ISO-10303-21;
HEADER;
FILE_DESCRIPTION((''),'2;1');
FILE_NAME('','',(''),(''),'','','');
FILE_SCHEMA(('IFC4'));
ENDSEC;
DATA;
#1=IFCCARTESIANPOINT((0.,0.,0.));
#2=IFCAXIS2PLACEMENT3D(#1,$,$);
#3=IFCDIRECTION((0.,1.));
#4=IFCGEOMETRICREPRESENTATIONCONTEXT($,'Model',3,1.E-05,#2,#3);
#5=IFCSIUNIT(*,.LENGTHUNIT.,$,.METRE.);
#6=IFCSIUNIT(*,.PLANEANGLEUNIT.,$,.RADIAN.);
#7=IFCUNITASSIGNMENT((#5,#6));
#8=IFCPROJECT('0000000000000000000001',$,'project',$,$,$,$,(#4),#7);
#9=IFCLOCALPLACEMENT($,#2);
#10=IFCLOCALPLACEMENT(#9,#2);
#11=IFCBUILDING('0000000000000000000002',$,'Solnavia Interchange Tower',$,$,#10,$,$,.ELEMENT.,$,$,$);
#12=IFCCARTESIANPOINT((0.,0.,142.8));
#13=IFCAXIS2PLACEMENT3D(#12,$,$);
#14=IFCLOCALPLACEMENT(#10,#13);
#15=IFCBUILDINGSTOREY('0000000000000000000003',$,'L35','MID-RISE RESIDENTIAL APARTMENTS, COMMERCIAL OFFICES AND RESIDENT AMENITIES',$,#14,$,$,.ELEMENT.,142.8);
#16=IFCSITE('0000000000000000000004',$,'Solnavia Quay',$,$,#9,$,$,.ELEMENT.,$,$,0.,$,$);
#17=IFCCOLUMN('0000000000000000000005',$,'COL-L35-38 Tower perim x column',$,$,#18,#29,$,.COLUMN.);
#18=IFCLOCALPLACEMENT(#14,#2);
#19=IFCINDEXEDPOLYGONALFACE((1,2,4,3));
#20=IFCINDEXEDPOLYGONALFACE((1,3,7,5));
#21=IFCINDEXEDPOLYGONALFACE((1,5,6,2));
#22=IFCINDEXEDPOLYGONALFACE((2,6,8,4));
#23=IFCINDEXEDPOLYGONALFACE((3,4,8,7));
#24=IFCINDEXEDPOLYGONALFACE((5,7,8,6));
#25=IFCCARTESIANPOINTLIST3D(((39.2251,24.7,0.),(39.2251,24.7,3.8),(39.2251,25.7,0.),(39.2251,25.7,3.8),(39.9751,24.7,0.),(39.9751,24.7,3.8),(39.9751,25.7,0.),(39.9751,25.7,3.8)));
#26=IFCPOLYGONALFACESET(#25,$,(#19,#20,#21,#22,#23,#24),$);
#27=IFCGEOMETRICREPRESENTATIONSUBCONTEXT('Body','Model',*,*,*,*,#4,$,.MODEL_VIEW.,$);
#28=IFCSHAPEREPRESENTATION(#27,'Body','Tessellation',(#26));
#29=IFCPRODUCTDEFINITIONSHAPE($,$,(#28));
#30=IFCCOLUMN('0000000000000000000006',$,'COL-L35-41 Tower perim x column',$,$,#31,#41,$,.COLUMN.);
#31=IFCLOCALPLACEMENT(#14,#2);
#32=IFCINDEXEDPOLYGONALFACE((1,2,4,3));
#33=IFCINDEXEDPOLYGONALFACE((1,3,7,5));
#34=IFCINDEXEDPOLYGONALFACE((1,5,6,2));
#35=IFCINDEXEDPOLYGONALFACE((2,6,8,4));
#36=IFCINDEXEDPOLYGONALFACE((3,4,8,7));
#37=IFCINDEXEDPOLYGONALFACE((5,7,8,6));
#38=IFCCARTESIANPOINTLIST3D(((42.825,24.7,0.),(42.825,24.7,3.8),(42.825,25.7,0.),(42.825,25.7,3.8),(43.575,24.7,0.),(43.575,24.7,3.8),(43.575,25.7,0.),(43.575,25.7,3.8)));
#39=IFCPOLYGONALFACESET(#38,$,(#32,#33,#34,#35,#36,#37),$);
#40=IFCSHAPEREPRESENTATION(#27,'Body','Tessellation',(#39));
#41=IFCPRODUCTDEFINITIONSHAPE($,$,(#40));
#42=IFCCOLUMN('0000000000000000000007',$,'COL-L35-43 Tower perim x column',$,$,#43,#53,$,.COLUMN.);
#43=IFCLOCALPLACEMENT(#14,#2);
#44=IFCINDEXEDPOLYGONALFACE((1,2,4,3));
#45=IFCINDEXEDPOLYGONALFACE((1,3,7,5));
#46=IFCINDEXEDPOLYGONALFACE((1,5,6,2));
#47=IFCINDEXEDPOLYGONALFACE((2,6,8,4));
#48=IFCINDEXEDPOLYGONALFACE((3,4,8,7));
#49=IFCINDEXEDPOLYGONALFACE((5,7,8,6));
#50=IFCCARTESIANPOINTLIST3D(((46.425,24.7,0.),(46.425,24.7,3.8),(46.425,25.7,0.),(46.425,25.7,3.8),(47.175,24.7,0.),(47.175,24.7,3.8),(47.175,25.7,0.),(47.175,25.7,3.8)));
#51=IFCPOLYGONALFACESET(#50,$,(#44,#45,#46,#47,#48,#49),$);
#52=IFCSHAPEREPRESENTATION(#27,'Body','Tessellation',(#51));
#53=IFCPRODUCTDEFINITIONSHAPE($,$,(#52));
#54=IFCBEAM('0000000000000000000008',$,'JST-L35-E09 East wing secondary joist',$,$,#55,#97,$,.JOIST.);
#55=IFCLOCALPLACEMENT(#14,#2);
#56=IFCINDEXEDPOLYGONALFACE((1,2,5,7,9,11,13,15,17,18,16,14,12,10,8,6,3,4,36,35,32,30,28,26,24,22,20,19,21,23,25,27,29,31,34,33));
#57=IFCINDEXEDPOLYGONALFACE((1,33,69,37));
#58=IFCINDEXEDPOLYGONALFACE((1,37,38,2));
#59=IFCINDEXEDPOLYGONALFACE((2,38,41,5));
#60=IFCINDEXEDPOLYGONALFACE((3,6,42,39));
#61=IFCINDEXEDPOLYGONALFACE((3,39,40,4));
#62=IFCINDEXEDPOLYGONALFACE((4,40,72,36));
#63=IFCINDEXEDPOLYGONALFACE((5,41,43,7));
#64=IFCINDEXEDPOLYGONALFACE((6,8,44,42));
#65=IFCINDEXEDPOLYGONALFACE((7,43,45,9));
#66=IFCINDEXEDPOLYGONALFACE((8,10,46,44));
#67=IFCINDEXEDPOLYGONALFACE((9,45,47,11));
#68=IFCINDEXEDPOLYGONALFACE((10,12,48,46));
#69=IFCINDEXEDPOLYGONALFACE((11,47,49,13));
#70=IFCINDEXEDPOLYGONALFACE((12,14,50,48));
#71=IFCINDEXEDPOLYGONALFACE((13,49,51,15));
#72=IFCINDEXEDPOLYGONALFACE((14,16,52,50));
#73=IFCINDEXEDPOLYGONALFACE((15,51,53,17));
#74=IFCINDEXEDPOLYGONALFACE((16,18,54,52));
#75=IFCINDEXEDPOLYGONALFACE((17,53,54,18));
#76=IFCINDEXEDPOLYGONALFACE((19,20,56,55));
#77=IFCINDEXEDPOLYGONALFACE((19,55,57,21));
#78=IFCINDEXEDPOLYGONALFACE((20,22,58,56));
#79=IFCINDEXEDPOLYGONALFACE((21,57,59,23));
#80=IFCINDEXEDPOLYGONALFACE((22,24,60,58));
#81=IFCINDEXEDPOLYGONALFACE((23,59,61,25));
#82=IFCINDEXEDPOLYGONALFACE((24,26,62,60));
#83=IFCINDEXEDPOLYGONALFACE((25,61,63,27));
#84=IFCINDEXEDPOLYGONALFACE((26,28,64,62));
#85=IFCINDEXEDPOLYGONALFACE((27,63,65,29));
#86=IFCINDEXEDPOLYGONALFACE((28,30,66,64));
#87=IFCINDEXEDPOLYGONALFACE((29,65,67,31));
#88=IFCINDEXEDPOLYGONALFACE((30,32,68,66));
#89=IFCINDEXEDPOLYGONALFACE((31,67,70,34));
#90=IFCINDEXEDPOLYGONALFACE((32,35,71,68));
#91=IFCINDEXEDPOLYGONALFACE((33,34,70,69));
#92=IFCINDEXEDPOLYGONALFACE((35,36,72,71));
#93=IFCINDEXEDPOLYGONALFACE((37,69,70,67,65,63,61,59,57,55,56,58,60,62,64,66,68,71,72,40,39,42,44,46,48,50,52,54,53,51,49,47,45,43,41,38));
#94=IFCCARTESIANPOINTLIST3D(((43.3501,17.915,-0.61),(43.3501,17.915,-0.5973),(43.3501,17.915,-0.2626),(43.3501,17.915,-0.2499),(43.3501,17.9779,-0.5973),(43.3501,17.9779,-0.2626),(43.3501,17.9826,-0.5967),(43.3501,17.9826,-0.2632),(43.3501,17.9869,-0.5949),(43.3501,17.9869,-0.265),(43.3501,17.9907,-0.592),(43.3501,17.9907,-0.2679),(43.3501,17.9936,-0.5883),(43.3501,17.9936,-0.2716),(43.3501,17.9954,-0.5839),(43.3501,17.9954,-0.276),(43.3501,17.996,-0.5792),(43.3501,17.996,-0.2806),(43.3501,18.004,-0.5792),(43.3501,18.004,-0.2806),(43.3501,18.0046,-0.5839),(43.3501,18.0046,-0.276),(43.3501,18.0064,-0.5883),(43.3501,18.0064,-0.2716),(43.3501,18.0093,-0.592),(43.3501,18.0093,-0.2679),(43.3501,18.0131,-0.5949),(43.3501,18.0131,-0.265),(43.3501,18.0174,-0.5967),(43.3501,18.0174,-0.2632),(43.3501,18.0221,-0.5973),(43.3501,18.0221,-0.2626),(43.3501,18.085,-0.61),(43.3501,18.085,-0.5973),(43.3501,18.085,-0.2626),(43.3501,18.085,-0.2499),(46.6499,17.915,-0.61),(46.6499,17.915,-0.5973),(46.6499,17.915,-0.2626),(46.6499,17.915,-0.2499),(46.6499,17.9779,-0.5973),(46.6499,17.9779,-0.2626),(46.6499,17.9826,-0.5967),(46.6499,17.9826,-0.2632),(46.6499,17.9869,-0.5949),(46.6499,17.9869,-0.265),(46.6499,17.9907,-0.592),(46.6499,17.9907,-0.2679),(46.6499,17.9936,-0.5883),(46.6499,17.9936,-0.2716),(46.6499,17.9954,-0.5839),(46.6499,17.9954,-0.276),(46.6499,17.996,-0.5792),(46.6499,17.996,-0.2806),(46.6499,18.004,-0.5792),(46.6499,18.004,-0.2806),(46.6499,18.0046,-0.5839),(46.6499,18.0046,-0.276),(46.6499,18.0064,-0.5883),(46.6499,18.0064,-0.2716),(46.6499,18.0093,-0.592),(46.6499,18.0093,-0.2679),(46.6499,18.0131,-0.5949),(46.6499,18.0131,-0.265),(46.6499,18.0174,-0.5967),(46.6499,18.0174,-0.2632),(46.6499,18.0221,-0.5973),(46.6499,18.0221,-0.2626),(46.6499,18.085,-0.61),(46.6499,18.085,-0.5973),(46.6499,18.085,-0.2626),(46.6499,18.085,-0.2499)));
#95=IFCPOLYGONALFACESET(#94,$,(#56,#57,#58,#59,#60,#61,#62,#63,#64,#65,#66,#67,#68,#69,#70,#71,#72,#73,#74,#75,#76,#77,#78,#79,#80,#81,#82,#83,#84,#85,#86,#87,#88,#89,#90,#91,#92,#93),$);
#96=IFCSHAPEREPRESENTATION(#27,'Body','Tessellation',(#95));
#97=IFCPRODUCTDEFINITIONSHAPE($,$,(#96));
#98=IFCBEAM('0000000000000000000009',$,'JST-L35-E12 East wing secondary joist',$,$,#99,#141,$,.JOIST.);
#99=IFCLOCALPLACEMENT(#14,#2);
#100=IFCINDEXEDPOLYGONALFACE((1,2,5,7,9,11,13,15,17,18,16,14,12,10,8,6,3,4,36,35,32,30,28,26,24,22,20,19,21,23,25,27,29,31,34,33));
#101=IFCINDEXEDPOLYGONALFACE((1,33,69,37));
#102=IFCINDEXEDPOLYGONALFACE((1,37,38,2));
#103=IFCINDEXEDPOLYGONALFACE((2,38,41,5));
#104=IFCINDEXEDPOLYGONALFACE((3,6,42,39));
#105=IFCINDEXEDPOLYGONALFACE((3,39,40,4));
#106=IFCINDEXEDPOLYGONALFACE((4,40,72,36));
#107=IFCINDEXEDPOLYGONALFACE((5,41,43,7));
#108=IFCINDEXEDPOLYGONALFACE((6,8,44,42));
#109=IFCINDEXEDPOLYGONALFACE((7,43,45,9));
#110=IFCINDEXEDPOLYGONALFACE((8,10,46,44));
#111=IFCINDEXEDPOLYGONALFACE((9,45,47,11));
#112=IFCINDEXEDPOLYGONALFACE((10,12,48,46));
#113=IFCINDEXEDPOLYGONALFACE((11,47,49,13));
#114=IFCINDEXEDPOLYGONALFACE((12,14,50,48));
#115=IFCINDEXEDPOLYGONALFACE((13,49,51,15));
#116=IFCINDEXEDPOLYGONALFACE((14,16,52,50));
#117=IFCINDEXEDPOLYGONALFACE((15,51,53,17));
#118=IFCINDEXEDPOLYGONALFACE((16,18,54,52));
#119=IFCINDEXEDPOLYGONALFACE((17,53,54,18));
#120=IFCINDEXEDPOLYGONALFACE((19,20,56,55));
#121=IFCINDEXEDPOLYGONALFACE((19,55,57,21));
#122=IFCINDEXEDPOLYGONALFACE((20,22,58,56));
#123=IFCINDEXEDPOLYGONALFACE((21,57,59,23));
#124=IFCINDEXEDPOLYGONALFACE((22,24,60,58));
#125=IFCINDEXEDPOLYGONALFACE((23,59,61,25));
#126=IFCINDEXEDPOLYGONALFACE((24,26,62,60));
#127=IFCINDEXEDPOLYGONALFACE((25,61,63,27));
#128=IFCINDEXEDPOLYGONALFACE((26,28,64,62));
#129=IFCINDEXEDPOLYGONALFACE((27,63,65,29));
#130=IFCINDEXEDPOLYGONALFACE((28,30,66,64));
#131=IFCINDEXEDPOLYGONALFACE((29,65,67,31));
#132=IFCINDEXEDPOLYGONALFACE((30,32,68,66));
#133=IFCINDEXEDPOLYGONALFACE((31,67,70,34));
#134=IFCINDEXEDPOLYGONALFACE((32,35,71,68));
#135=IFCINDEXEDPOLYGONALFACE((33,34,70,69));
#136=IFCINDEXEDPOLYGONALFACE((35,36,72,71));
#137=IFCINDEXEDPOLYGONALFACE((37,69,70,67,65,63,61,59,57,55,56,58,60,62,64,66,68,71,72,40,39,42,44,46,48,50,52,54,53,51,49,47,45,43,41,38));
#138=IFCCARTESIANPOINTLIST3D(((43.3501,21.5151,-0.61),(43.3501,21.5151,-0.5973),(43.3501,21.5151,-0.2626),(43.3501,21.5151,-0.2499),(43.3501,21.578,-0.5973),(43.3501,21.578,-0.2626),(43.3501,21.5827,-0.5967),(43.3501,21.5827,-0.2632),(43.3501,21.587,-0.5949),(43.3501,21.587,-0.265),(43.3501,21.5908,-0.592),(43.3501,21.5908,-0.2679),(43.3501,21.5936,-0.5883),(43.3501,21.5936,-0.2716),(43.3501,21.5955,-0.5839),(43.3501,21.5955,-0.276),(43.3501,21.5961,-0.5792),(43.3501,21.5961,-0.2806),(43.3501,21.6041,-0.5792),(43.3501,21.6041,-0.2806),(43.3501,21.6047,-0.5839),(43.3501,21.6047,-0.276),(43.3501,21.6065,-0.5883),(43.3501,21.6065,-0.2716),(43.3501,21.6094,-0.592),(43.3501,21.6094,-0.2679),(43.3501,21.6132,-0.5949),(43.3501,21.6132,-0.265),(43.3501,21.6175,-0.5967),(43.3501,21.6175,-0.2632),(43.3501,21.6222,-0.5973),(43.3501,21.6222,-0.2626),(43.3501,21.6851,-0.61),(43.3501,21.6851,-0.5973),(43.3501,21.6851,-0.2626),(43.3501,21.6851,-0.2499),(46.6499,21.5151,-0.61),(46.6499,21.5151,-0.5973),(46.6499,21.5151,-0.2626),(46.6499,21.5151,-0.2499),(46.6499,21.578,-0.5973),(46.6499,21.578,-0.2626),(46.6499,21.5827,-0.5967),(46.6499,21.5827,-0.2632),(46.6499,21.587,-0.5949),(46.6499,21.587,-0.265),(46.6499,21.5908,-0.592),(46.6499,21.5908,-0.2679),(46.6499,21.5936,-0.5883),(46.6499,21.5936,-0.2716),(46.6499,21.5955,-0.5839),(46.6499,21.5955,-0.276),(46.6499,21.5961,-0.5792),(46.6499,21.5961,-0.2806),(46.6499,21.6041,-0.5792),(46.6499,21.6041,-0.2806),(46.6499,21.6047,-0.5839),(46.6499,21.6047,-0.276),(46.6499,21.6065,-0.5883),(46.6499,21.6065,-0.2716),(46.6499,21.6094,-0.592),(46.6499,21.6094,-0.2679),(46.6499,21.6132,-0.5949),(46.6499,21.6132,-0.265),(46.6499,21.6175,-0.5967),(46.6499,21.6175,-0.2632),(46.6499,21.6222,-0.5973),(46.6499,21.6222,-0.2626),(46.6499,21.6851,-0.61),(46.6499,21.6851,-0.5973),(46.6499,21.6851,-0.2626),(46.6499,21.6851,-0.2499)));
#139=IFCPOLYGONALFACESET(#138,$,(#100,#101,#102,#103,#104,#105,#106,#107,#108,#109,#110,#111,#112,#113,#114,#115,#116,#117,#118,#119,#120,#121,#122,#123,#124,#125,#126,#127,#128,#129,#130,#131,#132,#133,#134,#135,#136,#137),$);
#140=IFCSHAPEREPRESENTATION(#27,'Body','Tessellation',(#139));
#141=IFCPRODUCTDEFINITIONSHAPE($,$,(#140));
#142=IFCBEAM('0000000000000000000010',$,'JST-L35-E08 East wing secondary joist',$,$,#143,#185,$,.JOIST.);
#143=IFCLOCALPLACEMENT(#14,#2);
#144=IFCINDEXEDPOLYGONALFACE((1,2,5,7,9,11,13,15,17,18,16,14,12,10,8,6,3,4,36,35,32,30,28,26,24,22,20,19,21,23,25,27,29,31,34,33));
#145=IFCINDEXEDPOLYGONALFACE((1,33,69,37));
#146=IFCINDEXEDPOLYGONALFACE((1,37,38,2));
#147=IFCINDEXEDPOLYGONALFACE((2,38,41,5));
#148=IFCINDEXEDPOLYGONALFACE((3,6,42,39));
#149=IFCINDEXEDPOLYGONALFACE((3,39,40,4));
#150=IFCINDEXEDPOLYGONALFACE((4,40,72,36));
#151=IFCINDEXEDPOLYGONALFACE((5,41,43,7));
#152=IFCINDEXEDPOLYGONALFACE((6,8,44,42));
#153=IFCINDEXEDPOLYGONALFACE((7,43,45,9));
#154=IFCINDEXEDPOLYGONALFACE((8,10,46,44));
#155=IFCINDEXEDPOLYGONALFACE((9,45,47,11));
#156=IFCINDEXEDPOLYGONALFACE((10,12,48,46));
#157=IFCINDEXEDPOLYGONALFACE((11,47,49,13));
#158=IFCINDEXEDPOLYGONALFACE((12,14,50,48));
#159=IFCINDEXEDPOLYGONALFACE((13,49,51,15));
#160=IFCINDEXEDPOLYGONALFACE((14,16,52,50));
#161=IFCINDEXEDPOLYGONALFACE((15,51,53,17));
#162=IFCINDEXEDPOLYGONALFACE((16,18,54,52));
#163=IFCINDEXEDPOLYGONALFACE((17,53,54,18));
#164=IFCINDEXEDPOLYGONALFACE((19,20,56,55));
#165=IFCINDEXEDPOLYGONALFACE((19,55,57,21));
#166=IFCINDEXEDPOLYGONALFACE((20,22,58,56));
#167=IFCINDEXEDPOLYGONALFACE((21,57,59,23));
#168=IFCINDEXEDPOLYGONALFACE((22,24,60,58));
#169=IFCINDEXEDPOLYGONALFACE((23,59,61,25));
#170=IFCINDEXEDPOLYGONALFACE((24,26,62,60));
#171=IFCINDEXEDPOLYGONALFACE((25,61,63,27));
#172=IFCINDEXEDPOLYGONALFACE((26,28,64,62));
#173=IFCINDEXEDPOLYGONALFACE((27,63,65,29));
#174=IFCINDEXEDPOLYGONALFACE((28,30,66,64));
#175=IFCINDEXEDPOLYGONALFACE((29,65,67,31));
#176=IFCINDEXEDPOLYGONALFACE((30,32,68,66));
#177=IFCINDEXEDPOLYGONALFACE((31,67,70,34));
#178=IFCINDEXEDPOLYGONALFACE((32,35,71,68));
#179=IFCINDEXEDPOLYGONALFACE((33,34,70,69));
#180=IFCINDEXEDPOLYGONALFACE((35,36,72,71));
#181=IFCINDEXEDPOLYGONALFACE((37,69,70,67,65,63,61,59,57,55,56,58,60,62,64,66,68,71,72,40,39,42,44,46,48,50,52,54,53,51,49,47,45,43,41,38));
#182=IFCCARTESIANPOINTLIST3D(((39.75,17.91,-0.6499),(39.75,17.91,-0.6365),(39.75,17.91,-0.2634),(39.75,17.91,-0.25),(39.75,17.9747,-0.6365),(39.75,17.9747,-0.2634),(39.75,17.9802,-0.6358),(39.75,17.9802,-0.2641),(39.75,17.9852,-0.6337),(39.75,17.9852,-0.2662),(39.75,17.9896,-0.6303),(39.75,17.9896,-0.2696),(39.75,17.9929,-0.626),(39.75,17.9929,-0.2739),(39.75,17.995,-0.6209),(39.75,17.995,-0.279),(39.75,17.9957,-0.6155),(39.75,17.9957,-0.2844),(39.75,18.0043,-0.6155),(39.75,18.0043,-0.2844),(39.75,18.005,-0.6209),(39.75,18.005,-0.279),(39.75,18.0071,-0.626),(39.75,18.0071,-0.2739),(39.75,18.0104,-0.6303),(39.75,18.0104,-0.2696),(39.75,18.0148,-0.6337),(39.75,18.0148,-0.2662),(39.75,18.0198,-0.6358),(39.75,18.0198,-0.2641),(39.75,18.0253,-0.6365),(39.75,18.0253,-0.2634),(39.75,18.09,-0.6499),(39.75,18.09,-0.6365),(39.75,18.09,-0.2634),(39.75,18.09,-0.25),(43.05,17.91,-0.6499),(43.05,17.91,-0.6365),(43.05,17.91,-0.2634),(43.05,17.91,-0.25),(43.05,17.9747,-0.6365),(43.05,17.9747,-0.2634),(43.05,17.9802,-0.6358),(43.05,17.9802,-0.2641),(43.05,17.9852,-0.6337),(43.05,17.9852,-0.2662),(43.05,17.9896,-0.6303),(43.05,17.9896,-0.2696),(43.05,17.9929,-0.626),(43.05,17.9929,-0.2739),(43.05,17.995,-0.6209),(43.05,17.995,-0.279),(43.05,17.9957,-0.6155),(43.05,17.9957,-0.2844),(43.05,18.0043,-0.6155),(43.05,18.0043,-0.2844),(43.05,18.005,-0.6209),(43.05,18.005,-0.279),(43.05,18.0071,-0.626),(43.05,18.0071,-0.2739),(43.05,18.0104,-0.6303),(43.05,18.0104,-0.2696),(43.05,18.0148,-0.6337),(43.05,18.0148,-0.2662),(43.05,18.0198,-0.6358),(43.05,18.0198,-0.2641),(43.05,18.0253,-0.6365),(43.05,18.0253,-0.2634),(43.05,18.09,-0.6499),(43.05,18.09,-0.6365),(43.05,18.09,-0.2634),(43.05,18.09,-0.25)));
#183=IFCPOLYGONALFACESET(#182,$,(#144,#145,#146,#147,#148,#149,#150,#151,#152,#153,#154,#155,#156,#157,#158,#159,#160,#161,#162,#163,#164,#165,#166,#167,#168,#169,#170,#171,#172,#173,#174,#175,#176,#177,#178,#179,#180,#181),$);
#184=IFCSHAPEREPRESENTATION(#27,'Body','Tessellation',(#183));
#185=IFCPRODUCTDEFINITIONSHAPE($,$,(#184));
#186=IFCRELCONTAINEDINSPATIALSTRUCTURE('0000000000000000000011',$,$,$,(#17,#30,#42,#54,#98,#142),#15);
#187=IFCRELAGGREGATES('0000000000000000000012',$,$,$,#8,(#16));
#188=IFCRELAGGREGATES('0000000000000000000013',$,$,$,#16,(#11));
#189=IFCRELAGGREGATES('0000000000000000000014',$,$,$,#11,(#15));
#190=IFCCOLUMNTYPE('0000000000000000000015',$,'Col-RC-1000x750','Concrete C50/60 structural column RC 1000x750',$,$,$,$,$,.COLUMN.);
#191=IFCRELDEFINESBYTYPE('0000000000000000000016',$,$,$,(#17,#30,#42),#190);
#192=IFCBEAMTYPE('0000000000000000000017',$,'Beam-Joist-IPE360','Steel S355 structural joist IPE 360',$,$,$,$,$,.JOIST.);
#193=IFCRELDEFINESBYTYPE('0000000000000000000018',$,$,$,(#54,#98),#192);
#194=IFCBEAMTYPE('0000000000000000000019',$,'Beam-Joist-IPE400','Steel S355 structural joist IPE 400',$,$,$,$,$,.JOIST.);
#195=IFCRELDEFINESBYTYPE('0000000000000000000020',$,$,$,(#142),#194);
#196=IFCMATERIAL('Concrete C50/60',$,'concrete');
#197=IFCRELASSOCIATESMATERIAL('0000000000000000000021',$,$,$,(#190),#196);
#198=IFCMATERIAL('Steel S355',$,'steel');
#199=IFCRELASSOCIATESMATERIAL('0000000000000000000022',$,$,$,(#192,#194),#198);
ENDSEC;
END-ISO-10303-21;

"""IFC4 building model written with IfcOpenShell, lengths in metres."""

from ifc_helpers import new_model, si_unit, direction, frame, origin, origin_2d, place, context, subcontext, project, spatial, rectangle, i_section, extrude, material, material_profile, profile_set, type_object, element, save


model = new_model("IFC4")

# Units and contexts
model_context = context("Model", 3, precision=1e-05, world=origin(), true_north=direction((0.0, 1.0)))
body_context = subcontext(model_context, "Body", "Model", "MODEL_VIEW")
ifc_project = project(units=[si_unit("LENGTHUNIT", "METRE"), si_unit("PLANEANGLEUNIT", "RADIAN")], contexts=[model_context])

# Site, building, storey
site_placement = place(None, origin())
site = spatial("IfcSite", under=ifc_project, at=site_placement, Name="Solnavia Quay", CompositionType="ELEMENT", RefElevation=0.0)
building_placement = place(site_placement, origin())
building = spatial("IfcBuilding", under=site, at=building_placement, Name="Solnavia Interchange Tower", CompositionType="ELEMENT")
storey_placement = place(building_placement, frame((0.0, 0.0, 142.8)))
storey = spatial("IfcBuildingStorey", under=building, at=storey_placement, Name="L35", Description="MID-RISE RESIDENTIAL APARTMENTS, COMMERCIAL OFFICES AND RESIDENT AMENITIES", CompositionType="ELEMENT", Elevation=142.8)

# Columns
ifc_material_1 = material(Name="Concrete C50/60", Category="concrete")
ifc_material_profile_1 = material_profile(ifc_material_1, rectangle(XDim=0.75, YDim=1.0, at=origin_2d()), Name="RC 1000x750")
ifc_profile_set_1 = profile_set([ifc_material_profile_1], Name="Concrete C50/60")
column_type = type_object("IfcColumnType", Name="Col-RC-1000x750", Description="Concrete C50/60 structural column RC 1000x750", PredefinedType="COLUMN", material=ifc_profile_set_1)
for number, where, z_axis, x_axis, name in (
    (1, (39.6001, 25.2, 0.0), (0.0, 0.0, 1.0), (1.0, 0.0, 0.0), "COL-L35-38 Tower perim x column"),
    (2, (43.2, 25.2, 0.0), (0.0, 0.0, 1.0), (1.0, 0.0, 0.0), "COL-L35-41 Tower perim x column"),
    (3, (46.8, 25.2, 0.0), (0.0, 0.0, 1.0), (1.0, 0.0, 0.0), "COL-L35-43 Tower perim x column"),
):
    element("IfcColumn", number, at=place(storey_placement, frame(where, z_axis=z_axis, x_axis=x_axis)), inside=storey, type_object=column_type, Name=name, PredefinedType="COLUMN", context=body_context, shape_type="SweptSolid", body=[
        extrude(rectangle(XDim=0.75, YDim=1.0, at=origin_2d()), origin(), (0.0, 0.0, 1.0), 3.8),
    ])

# Beams
ifc_material_2 = material(Name="Steel S355", Category="steel")
ifc_material_profile_2 = material_profile(ifc_material_2, i_section(OverallWidth=0.1699, OverallDepth=0.3601, WebThickness=0.0081, FlangeThickness=0.0127, FilletRadius=0.0181, at=origin_2d()), Name="IPE 360")
ifc_profile_set_2 = profile_set([ifc_material_profile_2], Name="Steel S355")
beam_type_1 = type_object("IfcBeamType", Name="Beam-Joist-IPE360", Description="Steel S355 structural joist IPE 360", PredefinedType="JOIST", material=ifc_profile_set_2)
for number, where, z_axis, x_axis, name in (
    (4, (43.3501, 18.0, -0.4299), (1.0, 0.0, 0.0), (0.0, 1.0, 0.0), "JST-L35-E09 East wing secondary joist"),
    (5, (43.3501, 21.6001, -0.4299), (1.0, 0.0, 0.0), (0.0, 1.0, 0.0), "JST-L35-E12 East wing secondary joist"),
):
    element("IfcBeam", number, at=place(storey_placement, frame(where, z_axis=z_axis, x_axis=x_axis)), inside=storey, type_object=beam_type_1, Name=name, PredefinedType="JOIST", context=body_context, shape_type="SweptSolid", body=[
        extrude(i_section(OverallWidth=0.1699, OverallDepth=0.3601, WebThickness=0.0081, FlangeThickness=0.0127, FilletRadius=0.0181, at=origin_2d()), origin(), (0.0, 0.0, 1.0), 3.2998),
    ])
ifc_material_profile_3 = material_profile(ifc_material_2, i_section(OverallWidth=0.1799, OverallDepth=0.3999, WebThickness=0.0085, FlangeThickness=0.0134, FilletRadius=0.021, at=origin_2d()), Name="IPE 400")
ifc_profile_set_3 = profile_set([ifc_material_profile_3], Name="Steel S355")
beam_type_2 = type_object("IfcBeamType", Name="Beam-Joist-IPE400", Description="Steel S355 structural joist IPE 400", PredefinedType="JOIST", material=ifc_profile_set_3)
for number, where, z_axis, x_axis, name in (
    (6, (39.75, 18.0, -0.45), (1.0, 0.0, 0.0), (0.0, 1.0, 0.0), "JST-L35-E08 East wing secondary joist"),
):
    element("IfcBeam", number, at=place(storey_placement, frame(where, z_axis=z_axis, x_axis=x_axis)), inside=storey, type_object=beam_type_2, Name=name, PredefinedType="JOIST", context=body_context, shape_type="SweptSolid", body=[
        extrude(i_section(OverallWidth=0.1799, OverallDepth=0.3999, WebThickness=0.0085, FlangeThickness=0.0134, FilletRadius=0.021, at=origin_2d()), origin(), (0.0, 0.0, 1.0), 3.3),
    ])

save(model, "model.ifc")
